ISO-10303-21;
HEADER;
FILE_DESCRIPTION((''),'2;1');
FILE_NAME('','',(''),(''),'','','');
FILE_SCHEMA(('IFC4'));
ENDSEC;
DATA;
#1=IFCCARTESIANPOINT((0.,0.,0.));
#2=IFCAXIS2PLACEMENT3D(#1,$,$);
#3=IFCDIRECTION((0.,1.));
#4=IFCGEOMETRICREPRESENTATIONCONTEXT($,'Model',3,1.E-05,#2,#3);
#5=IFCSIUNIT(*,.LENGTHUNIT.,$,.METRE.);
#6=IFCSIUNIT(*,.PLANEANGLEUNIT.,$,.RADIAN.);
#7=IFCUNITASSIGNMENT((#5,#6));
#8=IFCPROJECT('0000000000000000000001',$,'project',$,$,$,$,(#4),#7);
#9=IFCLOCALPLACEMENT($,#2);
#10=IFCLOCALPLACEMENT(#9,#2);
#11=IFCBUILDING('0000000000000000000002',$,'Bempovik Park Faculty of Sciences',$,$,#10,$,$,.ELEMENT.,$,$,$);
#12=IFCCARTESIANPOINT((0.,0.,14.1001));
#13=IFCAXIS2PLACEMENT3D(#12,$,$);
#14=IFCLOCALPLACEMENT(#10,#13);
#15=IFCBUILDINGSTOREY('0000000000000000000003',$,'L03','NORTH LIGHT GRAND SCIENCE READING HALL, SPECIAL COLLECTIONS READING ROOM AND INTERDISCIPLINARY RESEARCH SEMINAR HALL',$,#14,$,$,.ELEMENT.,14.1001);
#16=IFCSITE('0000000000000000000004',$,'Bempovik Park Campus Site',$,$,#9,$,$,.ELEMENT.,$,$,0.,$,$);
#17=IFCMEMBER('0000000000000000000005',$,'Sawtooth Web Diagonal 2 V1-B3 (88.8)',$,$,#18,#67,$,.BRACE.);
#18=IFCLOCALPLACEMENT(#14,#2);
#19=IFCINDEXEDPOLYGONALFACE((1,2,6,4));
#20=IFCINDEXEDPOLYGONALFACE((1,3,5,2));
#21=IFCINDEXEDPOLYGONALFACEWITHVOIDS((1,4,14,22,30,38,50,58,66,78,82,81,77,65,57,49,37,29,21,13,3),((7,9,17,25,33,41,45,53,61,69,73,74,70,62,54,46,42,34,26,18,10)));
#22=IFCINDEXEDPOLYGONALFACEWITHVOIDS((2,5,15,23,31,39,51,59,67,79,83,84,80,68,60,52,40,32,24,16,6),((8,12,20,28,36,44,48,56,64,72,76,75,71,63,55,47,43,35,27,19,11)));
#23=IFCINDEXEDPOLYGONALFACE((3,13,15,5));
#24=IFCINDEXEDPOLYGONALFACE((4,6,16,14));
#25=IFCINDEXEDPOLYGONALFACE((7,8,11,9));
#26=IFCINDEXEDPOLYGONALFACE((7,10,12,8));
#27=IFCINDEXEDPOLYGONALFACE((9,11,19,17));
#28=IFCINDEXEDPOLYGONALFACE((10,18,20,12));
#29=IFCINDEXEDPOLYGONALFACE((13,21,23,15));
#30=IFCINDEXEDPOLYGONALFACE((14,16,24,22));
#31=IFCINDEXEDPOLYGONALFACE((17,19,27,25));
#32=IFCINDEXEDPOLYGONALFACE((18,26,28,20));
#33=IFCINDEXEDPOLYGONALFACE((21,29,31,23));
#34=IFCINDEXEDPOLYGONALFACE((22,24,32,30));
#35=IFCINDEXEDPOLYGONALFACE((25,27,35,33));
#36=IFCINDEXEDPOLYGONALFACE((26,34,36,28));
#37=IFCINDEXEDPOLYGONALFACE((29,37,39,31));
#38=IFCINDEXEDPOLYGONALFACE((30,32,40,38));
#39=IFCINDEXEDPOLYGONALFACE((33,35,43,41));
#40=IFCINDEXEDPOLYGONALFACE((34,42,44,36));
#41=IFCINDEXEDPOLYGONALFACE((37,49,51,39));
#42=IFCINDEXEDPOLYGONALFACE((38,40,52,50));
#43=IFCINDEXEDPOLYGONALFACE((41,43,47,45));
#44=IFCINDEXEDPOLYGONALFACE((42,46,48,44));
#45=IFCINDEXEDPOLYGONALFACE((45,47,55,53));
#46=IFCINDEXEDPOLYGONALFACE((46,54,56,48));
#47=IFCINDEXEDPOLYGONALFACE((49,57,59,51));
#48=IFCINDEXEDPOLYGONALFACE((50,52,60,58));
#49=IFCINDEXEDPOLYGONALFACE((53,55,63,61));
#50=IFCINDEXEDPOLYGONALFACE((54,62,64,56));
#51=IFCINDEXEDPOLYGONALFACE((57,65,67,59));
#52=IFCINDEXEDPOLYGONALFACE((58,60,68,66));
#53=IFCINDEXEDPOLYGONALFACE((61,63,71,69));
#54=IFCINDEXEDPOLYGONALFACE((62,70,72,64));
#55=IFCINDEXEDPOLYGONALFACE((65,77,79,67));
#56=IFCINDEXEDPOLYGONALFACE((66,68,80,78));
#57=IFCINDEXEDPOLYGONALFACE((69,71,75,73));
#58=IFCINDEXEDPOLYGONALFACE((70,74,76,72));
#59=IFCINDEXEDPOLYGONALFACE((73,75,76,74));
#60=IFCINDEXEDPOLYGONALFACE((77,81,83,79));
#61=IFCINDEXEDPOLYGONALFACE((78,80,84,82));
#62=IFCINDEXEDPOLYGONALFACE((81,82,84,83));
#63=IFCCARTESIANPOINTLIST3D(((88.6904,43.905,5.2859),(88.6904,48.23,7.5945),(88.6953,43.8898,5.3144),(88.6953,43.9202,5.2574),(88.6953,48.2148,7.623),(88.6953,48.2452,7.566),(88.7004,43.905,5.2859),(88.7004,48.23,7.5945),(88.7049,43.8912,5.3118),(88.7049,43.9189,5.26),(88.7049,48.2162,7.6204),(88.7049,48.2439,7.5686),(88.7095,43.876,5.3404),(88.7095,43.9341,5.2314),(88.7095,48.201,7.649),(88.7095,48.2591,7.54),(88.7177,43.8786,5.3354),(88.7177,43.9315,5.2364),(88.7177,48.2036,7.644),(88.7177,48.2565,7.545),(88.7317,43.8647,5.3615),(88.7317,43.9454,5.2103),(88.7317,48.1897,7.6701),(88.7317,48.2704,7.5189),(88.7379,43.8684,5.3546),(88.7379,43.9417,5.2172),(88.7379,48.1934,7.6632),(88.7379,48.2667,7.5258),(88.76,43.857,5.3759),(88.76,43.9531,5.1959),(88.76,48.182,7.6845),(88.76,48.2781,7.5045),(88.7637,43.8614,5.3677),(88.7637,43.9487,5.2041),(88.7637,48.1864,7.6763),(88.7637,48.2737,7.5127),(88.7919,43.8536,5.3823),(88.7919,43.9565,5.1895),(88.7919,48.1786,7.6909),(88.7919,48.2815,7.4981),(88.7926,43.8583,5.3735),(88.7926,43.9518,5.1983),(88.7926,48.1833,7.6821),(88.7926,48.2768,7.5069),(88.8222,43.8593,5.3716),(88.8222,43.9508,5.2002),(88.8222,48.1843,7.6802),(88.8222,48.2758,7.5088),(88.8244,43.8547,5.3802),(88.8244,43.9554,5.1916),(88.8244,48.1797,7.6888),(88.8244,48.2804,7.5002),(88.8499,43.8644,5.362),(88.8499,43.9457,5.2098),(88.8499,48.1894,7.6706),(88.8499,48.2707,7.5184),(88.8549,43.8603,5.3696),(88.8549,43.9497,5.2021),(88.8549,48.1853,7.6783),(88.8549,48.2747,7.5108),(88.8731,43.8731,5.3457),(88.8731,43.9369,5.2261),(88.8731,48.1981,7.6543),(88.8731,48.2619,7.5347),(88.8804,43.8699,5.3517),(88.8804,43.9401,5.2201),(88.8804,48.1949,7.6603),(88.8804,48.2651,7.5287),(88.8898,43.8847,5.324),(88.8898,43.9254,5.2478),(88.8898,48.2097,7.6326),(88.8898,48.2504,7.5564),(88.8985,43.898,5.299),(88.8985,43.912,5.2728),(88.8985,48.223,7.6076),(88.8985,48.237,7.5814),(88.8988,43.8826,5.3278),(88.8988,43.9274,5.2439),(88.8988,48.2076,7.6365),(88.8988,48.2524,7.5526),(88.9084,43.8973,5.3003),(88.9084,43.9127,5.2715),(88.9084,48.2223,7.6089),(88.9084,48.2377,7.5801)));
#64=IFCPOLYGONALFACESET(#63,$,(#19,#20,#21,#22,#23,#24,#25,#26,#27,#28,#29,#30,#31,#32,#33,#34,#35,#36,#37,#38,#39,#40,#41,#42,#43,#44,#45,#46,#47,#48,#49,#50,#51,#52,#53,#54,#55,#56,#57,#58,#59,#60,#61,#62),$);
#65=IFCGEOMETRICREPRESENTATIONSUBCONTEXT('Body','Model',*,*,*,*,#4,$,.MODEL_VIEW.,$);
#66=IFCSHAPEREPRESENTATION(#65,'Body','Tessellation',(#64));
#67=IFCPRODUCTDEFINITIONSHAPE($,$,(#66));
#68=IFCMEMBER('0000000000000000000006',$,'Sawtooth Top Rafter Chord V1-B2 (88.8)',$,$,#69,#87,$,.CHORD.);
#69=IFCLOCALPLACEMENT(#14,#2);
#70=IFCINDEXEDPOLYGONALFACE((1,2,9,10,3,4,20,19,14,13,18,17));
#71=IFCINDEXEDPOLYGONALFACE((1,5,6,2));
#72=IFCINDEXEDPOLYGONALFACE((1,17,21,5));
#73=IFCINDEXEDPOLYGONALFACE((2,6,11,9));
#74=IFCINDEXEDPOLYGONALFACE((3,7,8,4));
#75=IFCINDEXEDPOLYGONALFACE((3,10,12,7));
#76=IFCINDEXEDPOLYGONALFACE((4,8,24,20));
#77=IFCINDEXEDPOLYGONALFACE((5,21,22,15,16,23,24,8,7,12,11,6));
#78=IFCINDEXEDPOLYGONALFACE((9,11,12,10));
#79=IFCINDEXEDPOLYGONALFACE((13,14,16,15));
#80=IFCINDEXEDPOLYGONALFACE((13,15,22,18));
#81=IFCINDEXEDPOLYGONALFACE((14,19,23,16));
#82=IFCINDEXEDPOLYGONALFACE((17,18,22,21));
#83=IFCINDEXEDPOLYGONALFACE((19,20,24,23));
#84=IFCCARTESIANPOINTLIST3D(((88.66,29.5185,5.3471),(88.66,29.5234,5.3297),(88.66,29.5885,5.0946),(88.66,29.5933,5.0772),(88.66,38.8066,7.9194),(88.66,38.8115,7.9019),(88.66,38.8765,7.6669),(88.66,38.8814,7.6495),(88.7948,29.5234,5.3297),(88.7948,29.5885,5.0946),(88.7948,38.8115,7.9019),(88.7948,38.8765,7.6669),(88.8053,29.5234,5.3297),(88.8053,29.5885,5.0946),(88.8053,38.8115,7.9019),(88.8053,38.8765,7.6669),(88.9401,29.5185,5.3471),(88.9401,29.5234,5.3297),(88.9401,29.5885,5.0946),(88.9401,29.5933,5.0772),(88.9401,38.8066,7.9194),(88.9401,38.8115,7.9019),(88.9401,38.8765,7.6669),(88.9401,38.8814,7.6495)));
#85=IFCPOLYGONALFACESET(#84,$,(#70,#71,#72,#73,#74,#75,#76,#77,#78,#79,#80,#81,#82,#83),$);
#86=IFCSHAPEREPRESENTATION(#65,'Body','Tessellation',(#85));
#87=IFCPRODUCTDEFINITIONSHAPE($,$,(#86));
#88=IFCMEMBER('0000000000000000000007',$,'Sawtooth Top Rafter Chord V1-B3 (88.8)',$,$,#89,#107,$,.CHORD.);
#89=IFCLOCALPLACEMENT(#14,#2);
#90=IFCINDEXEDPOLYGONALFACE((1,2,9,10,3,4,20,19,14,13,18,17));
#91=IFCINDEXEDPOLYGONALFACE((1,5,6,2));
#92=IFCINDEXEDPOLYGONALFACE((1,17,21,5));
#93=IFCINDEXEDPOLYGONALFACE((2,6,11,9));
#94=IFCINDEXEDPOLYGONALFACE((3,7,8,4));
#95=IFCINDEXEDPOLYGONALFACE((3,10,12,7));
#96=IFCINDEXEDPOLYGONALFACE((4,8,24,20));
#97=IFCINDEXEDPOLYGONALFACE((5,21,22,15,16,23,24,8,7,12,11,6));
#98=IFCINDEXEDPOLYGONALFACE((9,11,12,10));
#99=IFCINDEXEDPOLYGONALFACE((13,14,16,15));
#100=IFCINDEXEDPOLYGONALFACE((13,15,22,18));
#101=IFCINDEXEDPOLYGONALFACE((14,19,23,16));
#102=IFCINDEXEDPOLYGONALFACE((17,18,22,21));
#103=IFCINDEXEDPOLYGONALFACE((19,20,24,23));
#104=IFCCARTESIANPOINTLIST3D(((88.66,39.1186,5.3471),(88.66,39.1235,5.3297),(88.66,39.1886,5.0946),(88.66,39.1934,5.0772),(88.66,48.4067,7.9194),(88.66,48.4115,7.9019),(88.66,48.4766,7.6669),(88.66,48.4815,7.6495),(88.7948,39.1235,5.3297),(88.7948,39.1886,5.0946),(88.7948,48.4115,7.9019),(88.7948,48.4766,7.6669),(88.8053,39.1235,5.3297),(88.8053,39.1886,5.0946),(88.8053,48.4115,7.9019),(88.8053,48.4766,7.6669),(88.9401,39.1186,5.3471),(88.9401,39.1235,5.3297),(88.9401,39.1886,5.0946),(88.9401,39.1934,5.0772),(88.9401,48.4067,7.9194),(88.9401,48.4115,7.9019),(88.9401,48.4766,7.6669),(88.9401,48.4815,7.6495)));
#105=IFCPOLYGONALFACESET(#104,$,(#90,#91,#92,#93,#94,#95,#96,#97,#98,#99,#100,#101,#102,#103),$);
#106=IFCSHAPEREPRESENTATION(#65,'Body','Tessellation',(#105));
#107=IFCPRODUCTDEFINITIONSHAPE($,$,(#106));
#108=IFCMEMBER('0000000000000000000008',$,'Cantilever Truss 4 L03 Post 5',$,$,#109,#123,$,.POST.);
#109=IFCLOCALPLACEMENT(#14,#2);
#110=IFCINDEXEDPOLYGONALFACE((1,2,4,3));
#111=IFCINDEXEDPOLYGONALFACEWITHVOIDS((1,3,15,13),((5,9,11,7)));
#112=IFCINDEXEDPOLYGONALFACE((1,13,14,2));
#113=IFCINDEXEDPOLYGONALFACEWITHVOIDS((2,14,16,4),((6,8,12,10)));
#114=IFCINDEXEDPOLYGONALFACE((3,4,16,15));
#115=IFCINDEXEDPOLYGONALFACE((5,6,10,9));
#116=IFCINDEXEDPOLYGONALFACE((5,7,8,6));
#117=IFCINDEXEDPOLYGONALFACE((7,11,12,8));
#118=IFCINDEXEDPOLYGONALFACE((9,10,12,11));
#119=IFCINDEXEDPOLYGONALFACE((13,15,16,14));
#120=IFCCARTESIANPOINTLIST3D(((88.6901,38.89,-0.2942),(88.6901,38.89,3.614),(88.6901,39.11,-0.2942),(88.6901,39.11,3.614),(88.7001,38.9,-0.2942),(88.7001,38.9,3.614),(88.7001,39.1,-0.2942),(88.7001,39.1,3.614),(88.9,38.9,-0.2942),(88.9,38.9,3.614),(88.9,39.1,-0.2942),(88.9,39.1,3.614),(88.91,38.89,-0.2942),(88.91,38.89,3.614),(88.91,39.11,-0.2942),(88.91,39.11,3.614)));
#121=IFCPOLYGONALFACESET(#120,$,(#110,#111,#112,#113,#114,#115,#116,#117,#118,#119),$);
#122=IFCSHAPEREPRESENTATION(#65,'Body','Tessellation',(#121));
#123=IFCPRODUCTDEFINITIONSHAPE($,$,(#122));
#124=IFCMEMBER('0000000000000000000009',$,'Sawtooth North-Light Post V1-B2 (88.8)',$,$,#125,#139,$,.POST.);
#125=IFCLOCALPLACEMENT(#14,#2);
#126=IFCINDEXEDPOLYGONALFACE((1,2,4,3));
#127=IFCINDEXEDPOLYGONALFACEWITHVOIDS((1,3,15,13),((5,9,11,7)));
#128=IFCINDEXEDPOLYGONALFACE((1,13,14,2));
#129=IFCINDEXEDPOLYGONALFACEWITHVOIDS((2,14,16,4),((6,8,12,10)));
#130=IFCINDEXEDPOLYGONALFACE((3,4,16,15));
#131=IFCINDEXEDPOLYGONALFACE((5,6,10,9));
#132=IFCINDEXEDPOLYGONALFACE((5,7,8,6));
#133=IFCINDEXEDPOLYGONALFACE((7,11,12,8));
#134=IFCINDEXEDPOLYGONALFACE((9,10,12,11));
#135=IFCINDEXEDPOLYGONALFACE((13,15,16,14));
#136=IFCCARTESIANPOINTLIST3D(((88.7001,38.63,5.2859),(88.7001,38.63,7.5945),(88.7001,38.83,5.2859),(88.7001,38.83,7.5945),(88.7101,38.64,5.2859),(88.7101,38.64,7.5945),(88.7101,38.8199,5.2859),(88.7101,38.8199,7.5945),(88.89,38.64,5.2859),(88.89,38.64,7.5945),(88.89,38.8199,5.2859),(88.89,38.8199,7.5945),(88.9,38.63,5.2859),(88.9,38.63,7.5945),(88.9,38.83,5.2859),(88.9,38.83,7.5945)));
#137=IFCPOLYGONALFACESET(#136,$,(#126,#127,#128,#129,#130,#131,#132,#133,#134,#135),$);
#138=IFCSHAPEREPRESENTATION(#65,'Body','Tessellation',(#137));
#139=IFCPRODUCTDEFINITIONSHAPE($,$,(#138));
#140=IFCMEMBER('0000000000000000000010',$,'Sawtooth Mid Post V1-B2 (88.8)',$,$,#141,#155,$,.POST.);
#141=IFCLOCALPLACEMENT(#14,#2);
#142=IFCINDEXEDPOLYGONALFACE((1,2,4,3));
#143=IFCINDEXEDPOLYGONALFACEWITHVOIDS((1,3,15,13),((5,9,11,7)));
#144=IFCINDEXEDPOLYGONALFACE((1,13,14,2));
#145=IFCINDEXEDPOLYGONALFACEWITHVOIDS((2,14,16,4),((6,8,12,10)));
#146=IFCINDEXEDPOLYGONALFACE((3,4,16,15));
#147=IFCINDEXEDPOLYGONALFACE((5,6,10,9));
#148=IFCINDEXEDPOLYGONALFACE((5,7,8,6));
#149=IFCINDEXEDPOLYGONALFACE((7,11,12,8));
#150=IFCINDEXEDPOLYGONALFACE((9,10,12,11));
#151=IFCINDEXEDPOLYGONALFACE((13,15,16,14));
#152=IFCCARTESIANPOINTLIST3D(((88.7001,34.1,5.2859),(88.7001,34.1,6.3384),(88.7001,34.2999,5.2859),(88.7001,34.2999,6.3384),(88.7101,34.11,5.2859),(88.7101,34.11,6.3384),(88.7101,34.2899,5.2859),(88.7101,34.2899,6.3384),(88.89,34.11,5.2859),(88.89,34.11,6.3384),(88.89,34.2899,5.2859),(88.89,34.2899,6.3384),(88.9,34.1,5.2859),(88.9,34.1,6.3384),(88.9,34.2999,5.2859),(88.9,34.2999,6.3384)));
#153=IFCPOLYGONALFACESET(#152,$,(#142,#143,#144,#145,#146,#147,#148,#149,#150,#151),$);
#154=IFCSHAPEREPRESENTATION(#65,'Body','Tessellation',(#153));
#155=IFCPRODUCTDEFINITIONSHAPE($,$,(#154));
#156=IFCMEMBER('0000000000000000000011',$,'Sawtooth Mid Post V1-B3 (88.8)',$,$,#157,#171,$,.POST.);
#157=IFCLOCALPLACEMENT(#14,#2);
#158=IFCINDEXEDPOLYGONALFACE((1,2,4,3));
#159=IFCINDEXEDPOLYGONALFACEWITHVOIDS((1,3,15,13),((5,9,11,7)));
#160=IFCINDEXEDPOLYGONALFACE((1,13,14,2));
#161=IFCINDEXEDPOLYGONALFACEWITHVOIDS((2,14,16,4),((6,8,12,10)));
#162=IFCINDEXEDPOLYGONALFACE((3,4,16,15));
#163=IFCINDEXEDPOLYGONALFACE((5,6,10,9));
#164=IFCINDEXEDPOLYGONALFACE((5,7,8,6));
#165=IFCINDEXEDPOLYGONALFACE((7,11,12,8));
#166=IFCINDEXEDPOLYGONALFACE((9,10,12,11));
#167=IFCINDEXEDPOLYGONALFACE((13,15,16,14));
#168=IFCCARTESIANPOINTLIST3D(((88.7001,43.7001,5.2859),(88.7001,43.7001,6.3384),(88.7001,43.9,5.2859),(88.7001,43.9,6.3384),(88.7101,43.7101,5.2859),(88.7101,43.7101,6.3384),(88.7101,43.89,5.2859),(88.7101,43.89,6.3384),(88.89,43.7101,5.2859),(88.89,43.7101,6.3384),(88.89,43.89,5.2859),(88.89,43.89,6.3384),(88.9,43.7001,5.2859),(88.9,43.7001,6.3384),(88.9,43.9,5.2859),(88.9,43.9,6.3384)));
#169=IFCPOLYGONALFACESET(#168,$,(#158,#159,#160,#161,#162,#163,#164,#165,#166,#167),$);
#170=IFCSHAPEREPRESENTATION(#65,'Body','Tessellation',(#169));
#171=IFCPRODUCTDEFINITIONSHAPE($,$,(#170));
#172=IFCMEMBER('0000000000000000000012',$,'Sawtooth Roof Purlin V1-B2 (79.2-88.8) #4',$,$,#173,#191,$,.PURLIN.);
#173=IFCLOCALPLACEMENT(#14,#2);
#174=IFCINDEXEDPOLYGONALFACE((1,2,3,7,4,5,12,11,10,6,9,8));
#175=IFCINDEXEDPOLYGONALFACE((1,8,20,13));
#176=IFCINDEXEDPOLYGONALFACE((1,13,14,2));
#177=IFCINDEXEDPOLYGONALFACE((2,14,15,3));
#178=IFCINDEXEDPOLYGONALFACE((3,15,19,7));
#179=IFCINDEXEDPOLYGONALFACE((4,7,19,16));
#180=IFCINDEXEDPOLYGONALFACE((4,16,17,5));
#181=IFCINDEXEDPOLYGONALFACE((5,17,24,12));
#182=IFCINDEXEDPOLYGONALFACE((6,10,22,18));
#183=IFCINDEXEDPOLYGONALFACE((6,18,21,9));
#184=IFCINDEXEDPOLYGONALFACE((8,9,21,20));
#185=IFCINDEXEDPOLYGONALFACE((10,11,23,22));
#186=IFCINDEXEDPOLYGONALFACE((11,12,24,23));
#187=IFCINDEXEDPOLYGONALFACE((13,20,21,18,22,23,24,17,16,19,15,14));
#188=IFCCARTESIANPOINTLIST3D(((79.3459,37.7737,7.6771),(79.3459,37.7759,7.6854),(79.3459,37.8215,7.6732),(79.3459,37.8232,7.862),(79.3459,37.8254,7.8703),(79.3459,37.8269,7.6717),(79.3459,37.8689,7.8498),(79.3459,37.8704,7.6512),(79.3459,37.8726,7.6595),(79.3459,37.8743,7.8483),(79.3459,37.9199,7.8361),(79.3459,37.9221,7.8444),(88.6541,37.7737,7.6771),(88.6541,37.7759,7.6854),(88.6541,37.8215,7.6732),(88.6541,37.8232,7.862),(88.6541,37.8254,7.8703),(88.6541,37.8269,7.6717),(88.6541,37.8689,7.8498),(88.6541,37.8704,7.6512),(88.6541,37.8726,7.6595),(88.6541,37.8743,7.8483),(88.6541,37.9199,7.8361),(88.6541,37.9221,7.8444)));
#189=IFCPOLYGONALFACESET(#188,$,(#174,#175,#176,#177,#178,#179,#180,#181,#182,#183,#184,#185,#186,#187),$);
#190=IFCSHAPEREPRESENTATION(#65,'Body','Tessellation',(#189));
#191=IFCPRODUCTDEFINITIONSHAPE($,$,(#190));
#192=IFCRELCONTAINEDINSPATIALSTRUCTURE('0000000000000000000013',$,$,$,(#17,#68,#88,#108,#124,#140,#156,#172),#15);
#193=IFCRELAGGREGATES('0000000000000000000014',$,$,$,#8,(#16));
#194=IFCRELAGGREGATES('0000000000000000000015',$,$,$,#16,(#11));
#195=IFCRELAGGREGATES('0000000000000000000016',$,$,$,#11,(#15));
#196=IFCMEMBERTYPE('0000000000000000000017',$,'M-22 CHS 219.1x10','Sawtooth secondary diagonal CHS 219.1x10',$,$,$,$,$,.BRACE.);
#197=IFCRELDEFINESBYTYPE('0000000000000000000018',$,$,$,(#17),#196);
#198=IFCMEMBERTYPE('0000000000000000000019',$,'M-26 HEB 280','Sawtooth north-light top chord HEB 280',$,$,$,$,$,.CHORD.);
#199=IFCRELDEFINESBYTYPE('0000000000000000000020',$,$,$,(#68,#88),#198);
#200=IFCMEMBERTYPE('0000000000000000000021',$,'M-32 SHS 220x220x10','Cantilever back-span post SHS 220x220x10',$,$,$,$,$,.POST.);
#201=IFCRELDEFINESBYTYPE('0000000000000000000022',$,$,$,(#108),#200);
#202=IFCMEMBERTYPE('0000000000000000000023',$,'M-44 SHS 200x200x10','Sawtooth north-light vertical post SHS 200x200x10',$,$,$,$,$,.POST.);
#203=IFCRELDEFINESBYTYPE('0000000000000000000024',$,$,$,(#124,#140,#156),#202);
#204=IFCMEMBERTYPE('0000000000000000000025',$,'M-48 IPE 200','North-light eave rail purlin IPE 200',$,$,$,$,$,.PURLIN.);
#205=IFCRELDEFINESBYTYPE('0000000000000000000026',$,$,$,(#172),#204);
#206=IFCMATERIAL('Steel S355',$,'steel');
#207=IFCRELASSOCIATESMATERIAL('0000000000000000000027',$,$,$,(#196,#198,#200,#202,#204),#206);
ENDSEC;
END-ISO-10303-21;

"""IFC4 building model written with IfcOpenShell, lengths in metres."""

from ifc_helpers import new_model, si_unit, direction, frame, origin, origin_2d, place, context, subcontext, project, spatial, hollow_rectangle, hollow_circle, i_section, extrude, material, material_profile, profile_set, type_object, element, save


model = new_model("IFC4")

# Units and contexts
model_context = context("Model", 3, precision=1e-05, world=origin(), true_north=direction((0.0, 1.0)))
body_context = subcontext(model_context, "Body", "Model", "MODEL_VIEW")
ifc_project = project(units=[si_unit("LENGTHUNIT", "METRE"), si_unit("PLANEANGLEUNIT", "RADIAN")], contexts=[model_context])

# Site, building, storey
site_placement = place(None, origin())
site = spatial("IfcSite", under=ifc_project, at=site_placement, Name="Bempovik Park Campus Site", CompositionType="ELEMENT", RefElevation=0.0)
building_placement = place(site_placement, origin())
building = spatial("IfcBuilding", under=site, at=building_placement, Name="Bempovik Park Faculty of Sciences", CompositionType="ELEMENT")
storey_placement = place(building_placement, frame((0.0, 0.0, 14.1001)))
storey = spatial("IfcBuildingStorey", under=building, at=storey_placement, Name="L03", Description="NORTH LIGHT GRAND SCIENCE READING HALL, SPECIAL COLLECTIONS READING ROOM AND INTERDISCIPLINARY RESEARCH SEMINAR HALL", CompositionType="ELEMENT", Elevation=14.1001)

# Shared definitions
ifc_material_1 = material(Name="Steel S355", Category="steel")

# Members
ifc_material_profile_1 = material_profile(ifc_material_1, hollow_circle(Radius=0.1096, WallThickness=0.01, at=origin_2d()), Name="CHS 219.1x10")
ifc_profile_set_1 = profile_set([ifc_material_profile_1], Name="Steel S355")
member_type_1 = type_object("IfcMemberType", Name="M-22 CHS 219.1x10", Description="Sawtooth secondary diagonal CHS 219.1x10", PredefinedType="BRACE", material=ifc_profile_set_1)
for number, where, z_axis, x_axis, name in (
    (1, (88.8, 43.905, 5.2859), (0.0, 0.882187, 0.470898), (-1.0, 0.0, 0.0), "Sawtooth Web Diagonal 2 V1-B3 (88.8)"),
):
    element("IfcMember", number, at=place(storey_placement, frame(where, z_axis=z_axis, x_axis=x_axis)), inside=storey, type_object=member_type_1, Name=name, PredefinedType="BRACE", context=body_context, shape_type="SweptSolid", body=[
        extrude(hollow_circle(Radius=0.1096, WallThickness=0.01, at=origin_2d()), origin(), (0.0, 0.0, 1.0), 4.9026),
    ])
ifc_material_profile_2 = material_profile(ifc_material_1, i_section(OverallWidth=0.28, OverallDepth=0.28, WebThickness=0.0105, FlangeThickness=0.0181, at=origin_2d()), Name="HEB 280")
ifc_profile_set_2 = profile_set([ifc_material_profile_2], Name="Steel S355")
member_type_2 = type_object("IfcMemberType", Name="M-26 HEB 280", Description="Sawtooth north-light top chord HEB 280", PredefinedType="CHORD", material=ifc_profile_set_2)
for number, where, z_axis, x_axis, name in (
    (2, (88.8, 29.5559, 5.2122), (0.0, 0.963725, 0.266896), (-1.0, 0.0, 0.0), "Sawtooth Top Rafter Chord V1-B2 (88.8)"),
    (3, (88.8, 39.156, 5.2122), (0.0, 0.963725, 0.266896), (-1.0, 0.0, 0.0), "Sawtooth Top Rafter Chord V1-B3 (88.8)"),
):
    element("IfcMember", number, at=place(storey_placement, frame(where, z_axis=z_axis, x_axis=x_axis)), inside=storey, type_object=member_type_2, Name=name, PredefinedType="CHORD", context=body_context, shape_type="SweptSolid", body=[
        extrude(i_section(OverallWidth=0.28, OverallDepth=0.28, WebThickness=0.0105, FlangeThickness=0.0181, at=origin_2d()), origin(), (0.0, 0.0, 1.0), 9.6377),
    ])
ifc_material_profile_3 = material_profile(ifc_material_1, hollow_rectangle(XDim=0.22, YDim=0.22, WallThickness=0.01, at=origin_2d()), Name="SHS 220x220x10")
ifc_profile_set_3 = profile_set([ifc_material_profile_3], Name="Steel S355")
member_type_3 = type_object("IfcMemberType", Name="M-32 SHS 220x220x10", Description="Cantilever back-span post SHS 220x220x10", PredefinedType="POST", material=ifc_profile_set_3)
member_1_placement = place(storey_placement, frame((88.8, 39.0, -0.2942), z_axis=(0.0, 0.0, 1.0), x_axis=(1.0, 0.0, 0.0)))
element("IfcMember", 4, at=member_1_placement, inside=storey, type_object=member_type_3, Name="Cantilever Truss 4 L03 Post 5", PredefinedType="POST", context=body_context, shape_type="SweptSolid", body=[
    extrude(hollow_rectangle(XDim=0.22, YDim=0.22, WallThickness=0.01, at=origin_2d()), origin(), (0.0, 0.0, 1.0), 3.9082),
])
ifc_material_profile_4 = material_profile(ifc_material_1, hollow_rectangle(XDim=0.2, YDim=0.2, WallThickness=0.01, at=origin_2d()), Name="SHS 200x200x10")
ifc_profile_set_4 = profile_set([ifc_material_profile_4], Name="Steel S355")
member_type_4 = type_object("IfcMemberType", Name="M-44 SHS 200x200x10", Description="Sawtooth north-light vertical post SHS 200x200x10", PredefinedType="POST", material=ifc_profile_set_4)
member_2_placement = place(storey_placement, frame((88.8, 38.73, 5.2859), z_axis=(0.0, 0.0, 1.0), x_axis=(1.0, 0.0, 0.0)))
element("IfcMember", 5, at=member_2_placement, inside=storey, type_object=member_type_4, Name="Sawtooth North-Light Post V1-B2 (88.8)", PredefinedType="POST", context=body_context, shape_type="SweptSolid", body=[
    extrude(hollow_rectangle(XDim=0.2, YDim=0.2, WallThickness=0.01, at=origin_2d()), origin(), (0.0, 0.0, 1.0), 2.3086),
])
for number, where, z_axis, x_axis, name in (
    (6, (88.8, 34.2, 5.2859), (0.0, 0.0, 1.0), (1.0, 0.0, 0.0), "Sawtooth Mid Post V1-B2 (88.8)"),
    (7, (88.8, 43.8, 5.2859), (0.0, 0.0, 1.0), (1.0, 0.0, 0.0), "Sawtooth Mid Post V1-B3 (88.8)"),
):
    element("IfcMember", number, at=place(storey_placement, frame(where, z_axis=z_axis, x_axis=x_axis)), inside=storey, type_object=member_type_4, Name=name, PredefinedType="POST", context=body_context, shape_type="SweptSolid", body=[
        extrude(hollow_rectangle(XDim=0.2, YDim=0.2, WallThickness=0.01, at=origin_2d()), origin(), (0.0, 0.0, 1.0), 1.0525),
    ])
ifc_material_profile_5 = material_profile(ifc_material_1, i_section(OverallWidth=0.1001, OverallDepth=0.2, WebThickness=0.0056, FlangeThickness=0.0085, at=origin_2d()), Name="IPE 200")
ifc_profile_set_5 = profile_set([ifc_material_profile_5], Name="Steel S355")
member_type_5 = type_object("IfcMemberType", Name="M-48 IPE 200", Description="North-light eave rail purlin IPE 200", PredefinedType="PURLIN", material=ifc_profile_set_5)
member_3_placement = place(storey_placement, frame((79.3459, 37.8479, 7.7607), z_axis=(1.0, 0.0, 0.0), x_axis=(0.0, 0.965926, -0.258819)))
element("IfcMember", 8, at=member_3_placement, inside=storey, type_object=member_type_5, Name="Sawtooth Roof Purlin V1-B2 (79.2-88.8) #4", PredefinedType="PURLIN", context=body_context, shape_type="SweptSolid", body=[
    extrude(i_section(OverallWidth=0.1001, OverallDepth=0.2, WebThickness=0.0056, FlangeThickness=0.0085, at=origin_2d()), origin(), (0.0, 0.0, 1.0), 9.3081),
])

save(model, "model.ifc")
